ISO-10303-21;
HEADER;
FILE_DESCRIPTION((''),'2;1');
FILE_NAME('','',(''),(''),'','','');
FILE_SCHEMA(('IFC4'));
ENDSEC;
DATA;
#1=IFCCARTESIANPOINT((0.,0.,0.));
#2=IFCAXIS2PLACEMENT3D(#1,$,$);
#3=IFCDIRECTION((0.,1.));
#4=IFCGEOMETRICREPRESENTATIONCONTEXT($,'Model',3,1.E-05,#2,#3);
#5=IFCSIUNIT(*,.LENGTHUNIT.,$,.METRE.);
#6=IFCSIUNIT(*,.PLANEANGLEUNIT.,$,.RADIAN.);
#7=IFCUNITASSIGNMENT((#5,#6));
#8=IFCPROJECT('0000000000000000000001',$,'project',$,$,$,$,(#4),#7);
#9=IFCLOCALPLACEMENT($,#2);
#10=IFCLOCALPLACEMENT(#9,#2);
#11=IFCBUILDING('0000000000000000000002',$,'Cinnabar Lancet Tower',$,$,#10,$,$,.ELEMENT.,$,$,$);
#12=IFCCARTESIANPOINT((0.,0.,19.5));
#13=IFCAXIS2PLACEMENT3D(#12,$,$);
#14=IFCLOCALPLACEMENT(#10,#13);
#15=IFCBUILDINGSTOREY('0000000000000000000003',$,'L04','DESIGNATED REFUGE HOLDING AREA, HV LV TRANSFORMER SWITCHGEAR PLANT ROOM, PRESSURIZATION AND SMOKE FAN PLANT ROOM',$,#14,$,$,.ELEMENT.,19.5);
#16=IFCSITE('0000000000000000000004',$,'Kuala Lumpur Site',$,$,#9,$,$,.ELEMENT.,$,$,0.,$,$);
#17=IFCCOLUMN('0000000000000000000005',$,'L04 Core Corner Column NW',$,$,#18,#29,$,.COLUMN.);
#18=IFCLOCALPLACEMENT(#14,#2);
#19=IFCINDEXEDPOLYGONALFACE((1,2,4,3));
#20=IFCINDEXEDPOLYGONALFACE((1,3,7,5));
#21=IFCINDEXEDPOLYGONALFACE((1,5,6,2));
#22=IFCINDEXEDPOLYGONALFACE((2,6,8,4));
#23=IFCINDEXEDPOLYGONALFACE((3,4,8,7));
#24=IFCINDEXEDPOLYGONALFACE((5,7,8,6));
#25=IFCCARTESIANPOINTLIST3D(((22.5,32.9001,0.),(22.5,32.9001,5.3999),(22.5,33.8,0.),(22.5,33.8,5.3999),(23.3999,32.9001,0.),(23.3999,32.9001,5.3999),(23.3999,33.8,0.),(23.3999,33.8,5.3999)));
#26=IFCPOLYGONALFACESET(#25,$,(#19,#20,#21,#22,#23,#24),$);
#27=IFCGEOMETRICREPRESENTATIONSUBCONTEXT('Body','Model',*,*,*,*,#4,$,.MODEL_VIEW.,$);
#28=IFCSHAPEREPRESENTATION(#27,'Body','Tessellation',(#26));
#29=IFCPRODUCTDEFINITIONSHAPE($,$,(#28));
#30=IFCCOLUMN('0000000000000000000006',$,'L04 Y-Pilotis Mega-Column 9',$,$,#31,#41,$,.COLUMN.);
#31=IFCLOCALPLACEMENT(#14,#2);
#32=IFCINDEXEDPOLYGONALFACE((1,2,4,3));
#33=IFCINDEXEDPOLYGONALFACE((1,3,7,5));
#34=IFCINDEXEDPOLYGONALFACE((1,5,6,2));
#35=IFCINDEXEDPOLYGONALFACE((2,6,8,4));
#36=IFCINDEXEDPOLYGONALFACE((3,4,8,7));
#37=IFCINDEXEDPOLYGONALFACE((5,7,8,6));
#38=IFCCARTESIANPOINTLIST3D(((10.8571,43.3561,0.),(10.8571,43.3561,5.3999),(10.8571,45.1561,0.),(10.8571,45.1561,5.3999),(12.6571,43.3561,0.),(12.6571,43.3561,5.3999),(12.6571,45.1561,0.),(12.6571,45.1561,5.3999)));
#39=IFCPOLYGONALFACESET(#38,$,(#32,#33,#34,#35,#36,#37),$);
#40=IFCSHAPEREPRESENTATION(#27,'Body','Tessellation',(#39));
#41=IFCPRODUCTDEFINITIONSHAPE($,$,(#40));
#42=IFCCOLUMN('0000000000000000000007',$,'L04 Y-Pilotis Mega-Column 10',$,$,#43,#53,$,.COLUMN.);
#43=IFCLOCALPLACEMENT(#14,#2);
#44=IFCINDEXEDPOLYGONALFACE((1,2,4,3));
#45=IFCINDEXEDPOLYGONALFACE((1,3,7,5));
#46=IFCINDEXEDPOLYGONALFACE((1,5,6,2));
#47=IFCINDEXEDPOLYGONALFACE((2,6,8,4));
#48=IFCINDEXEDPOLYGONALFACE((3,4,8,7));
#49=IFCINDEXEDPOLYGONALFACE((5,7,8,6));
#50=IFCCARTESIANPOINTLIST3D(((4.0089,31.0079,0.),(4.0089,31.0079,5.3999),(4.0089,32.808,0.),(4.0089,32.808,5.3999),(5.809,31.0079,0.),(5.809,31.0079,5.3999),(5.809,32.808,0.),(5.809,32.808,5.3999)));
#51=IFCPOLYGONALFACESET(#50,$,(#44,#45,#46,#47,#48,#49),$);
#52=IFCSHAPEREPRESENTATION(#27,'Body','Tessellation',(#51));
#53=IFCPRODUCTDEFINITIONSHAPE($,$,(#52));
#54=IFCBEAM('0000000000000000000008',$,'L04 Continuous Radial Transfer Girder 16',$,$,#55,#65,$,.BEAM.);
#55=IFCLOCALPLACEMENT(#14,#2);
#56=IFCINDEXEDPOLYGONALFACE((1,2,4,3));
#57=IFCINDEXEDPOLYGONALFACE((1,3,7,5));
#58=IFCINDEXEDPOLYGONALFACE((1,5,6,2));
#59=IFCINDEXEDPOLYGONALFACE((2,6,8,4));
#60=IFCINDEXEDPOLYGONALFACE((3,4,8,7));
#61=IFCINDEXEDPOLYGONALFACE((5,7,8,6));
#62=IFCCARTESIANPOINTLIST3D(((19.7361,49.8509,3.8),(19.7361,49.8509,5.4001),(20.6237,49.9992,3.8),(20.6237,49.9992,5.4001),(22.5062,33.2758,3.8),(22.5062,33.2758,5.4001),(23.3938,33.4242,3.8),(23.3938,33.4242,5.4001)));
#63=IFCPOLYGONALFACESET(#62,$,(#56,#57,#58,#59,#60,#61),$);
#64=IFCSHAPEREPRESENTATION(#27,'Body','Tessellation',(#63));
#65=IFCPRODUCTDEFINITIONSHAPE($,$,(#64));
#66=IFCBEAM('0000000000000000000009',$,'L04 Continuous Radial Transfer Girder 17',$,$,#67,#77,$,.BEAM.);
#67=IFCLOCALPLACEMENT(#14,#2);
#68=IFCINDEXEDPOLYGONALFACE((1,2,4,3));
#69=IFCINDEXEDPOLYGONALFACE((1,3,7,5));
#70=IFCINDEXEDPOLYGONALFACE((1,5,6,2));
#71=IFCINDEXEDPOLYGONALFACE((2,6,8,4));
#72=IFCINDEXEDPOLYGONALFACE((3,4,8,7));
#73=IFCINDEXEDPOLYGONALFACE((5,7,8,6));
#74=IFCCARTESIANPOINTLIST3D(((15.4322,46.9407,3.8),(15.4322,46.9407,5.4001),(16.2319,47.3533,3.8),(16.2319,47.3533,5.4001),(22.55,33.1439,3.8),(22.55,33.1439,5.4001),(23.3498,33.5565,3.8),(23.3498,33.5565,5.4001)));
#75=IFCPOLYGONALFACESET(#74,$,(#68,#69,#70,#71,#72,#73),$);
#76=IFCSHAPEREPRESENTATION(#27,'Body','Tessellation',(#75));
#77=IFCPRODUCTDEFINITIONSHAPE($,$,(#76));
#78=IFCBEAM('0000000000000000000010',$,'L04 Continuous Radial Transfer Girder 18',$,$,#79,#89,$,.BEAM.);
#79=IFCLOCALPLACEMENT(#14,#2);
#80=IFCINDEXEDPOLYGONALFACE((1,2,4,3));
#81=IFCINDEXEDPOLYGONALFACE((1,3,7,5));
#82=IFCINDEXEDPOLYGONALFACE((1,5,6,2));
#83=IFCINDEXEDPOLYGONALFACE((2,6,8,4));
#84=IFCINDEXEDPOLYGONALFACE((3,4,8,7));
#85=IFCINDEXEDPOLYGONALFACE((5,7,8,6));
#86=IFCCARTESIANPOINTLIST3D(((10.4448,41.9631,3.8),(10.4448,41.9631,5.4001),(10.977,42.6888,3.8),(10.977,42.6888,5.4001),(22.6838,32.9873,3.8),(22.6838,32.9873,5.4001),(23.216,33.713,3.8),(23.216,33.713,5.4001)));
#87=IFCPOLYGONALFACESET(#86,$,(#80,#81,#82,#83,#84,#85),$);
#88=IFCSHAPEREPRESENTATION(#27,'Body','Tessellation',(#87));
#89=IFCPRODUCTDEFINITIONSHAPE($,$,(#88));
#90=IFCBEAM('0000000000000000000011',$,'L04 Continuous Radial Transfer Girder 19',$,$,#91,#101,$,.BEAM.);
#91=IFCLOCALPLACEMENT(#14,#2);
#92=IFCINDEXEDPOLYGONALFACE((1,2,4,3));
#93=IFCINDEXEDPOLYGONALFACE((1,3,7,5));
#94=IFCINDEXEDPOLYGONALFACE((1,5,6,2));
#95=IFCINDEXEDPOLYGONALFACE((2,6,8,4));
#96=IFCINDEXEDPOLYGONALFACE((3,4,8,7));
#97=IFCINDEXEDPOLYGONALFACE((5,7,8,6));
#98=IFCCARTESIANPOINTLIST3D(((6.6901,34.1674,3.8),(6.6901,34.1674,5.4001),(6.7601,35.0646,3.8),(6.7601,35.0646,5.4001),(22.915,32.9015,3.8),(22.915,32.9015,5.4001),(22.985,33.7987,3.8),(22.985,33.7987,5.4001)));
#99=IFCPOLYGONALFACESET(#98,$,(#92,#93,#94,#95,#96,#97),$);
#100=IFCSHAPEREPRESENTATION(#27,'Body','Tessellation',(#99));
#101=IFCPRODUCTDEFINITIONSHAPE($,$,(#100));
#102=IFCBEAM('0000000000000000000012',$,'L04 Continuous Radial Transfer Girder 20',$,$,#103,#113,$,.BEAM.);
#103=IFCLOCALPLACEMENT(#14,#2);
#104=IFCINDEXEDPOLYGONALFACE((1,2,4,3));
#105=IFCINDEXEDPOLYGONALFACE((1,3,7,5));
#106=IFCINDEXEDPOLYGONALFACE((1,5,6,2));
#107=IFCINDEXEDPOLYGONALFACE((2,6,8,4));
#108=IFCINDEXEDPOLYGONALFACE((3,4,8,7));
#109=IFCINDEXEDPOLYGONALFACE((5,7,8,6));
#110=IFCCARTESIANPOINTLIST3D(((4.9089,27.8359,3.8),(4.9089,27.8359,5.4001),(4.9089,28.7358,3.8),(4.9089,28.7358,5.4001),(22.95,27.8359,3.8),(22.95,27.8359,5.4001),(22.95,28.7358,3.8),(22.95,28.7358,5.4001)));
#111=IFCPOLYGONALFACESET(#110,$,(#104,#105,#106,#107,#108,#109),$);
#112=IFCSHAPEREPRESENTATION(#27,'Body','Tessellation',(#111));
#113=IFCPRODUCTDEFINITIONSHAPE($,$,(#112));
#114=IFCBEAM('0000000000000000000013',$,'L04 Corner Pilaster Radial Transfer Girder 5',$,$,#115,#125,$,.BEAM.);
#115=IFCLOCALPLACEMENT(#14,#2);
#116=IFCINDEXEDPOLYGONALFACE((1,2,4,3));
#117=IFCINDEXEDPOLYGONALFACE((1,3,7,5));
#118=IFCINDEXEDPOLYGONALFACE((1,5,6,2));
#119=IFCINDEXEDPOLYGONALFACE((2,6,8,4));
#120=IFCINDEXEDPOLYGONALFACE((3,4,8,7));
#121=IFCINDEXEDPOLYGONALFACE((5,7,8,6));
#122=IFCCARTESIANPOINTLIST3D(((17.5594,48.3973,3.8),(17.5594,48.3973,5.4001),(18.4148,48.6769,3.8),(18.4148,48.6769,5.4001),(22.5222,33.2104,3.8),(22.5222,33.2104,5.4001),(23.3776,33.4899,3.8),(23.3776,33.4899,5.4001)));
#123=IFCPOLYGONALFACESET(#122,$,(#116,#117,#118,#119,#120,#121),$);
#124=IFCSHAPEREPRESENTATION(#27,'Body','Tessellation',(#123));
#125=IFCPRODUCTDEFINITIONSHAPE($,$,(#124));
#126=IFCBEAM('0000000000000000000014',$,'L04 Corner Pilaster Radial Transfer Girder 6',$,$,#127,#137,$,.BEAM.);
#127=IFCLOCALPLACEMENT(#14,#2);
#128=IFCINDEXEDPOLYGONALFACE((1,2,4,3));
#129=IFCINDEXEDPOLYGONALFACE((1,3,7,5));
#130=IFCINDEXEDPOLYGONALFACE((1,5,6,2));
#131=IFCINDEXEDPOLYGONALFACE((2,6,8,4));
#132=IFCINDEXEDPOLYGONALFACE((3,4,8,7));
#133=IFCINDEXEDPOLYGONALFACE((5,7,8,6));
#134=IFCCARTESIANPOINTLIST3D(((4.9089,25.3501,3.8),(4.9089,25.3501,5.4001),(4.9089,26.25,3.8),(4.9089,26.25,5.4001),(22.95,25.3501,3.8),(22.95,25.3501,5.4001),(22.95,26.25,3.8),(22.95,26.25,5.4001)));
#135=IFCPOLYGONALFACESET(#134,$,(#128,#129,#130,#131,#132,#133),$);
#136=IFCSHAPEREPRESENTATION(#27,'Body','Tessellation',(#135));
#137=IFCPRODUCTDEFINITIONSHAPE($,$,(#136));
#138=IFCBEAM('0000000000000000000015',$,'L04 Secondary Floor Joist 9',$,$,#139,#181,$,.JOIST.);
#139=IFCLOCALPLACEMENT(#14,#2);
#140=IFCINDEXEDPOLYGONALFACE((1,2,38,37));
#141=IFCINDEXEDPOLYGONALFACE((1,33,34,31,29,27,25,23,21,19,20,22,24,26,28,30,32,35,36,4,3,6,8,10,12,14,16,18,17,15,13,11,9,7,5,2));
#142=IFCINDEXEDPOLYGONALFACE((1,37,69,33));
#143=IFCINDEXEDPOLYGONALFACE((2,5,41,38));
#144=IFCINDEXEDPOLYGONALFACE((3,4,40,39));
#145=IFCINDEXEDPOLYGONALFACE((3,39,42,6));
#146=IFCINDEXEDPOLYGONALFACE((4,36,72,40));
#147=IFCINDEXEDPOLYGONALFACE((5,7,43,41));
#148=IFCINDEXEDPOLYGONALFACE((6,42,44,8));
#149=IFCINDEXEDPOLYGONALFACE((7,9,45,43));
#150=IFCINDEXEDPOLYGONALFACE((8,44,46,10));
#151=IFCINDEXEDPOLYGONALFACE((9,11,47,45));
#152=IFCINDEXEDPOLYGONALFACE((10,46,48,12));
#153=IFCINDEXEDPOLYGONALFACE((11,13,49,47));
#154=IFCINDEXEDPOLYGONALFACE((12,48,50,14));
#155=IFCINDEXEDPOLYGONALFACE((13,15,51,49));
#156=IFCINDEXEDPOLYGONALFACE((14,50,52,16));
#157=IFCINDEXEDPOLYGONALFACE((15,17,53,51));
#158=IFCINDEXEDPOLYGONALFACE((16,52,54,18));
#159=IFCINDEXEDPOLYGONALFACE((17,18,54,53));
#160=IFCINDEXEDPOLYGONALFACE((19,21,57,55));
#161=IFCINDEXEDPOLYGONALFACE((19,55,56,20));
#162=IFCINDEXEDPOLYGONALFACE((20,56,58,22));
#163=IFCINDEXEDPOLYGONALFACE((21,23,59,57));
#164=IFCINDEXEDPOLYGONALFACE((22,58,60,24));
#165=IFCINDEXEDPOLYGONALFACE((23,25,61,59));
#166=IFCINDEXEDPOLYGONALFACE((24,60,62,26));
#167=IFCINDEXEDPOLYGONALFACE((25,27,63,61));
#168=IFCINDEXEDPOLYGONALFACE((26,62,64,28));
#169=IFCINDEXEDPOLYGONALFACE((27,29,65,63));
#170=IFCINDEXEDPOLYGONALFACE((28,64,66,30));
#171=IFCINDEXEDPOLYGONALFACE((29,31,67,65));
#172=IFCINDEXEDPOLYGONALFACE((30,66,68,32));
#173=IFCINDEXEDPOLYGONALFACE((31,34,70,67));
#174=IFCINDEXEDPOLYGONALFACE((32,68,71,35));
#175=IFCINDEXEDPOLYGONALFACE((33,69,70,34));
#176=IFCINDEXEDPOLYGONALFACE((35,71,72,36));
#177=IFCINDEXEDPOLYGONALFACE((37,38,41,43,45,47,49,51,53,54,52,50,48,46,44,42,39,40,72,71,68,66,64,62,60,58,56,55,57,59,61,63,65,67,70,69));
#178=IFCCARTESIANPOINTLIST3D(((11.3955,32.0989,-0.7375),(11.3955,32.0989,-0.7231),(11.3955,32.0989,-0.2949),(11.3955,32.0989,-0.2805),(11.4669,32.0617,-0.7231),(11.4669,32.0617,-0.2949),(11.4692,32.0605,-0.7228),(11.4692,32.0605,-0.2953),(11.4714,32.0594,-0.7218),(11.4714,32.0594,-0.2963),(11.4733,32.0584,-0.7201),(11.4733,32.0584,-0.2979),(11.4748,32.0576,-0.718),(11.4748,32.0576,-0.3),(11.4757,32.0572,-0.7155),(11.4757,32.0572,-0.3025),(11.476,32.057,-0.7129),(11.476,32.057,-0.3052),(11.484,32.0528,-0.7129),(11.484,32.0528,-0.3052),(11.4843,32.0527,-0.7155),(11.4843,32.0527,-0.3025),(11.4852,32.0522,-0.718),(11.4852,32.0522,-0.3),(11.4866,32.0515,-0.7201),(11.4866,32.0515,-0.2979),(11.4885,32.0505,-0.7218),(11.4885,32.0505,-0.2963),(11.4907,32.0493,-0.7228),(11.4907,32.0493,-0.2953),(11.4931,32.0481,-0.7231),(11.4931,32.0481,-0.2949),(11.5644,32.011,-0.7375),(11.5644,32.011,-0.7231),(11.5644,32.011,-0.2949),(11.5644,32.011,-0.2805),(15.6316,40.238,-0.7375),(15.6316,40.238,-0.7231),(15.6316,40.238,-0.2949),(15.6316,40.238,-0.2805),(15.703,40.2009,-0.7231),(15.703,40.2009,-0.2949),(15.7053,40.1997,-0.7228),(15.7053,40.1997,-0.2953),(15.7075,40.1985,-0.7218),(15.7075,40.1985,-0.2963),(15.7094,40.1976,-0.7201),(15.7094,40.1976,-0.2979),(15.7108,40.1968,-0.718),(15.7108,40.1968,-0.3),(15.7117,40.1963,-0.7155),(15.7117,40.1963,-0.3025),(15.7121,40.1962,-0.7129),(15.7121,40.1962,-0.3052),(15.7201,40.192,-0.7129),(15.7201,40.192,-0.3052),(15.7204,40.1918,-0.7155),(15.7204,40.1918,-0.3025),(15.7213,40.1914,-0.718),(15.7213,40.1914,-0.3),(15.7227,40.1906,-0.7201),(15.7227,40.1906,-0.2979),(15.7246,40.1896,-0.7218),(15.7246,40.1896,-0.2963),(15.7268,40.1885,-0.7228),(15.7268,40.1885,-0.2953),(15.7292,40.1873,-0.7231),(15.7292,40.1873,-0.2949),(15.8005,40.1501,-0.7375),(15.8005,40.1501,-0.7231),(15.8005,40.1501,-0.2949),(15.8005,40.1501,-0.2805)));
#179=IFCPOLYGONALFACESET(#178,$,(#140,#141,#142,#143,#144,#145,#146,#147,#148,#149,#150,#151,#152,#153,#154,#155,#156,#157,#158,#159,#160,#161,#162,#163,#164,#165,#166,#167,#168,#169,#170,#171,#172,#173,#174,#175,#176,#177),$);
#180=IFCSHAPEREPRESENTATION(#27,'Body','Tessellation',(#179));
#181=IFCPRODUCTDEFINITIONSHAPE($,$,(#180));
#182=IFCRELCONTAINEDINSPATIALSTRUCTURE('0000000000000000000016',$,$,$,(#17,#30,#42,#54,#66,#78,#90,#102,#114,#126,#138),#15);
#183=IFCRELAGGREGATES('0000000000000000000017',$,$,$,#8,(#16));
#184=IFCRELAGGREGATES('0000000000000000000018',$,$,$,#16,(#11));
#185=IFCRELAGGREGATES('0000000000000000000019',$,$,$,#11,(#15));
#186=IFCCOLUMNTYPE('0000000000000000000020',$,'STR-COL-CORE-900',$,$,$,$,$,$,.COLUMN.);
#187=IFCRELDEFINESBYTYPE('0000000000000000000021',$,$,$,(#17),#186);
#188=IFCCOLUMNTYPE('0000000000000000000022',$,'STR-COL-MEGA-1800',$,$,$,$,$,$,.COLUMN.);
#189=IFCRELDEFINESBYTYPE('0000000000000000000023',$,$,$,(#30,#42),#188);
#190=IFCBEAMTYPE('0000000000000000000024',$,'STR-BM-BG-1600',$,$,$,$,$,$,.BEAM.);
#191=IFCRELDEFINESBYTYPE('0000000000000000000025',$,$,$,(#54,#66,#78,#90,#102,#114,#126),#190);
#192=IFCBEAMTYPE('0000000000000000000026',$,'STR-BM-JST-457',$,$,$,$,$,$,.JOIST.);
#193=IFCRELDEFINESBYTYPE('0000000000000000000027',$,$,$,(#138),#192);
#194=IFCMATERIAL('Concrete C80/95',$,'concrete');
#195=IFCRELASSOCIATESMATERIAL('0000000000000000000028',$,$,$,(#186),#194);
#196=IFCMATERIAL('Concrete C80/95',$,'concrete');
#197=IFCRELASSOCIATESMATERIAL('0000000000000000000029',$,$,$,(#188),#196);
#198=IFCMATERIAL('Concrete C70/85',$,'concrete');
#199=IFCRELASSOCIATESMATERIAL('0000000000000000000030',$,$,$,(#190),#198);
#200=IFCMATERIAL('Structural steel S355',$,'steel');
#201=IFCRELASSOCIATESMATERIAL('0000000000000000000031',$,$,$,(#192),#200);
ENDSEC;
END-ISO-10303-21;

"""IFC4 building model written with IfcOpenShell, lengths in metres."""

from ifc_helpers import new_model, si_unit, direction, frame, origin, origin_2d, place, context, subcontext, project, spatial, rectangle, i_section, extrude, material, material_profile, profile_set, type_object, element, save


model = new_model("IFC4")

# Units and contexts
model_context = context("Model", 3, precision=1e-05, world=origin(), true_north=direction((0.0, 1.0)))
body_context = subcontext(model_context, "Body", "Model", "MODEL_VIEW")
ifc_project = project(units=[si_unit("LENGTHUNIT", "METRE"), si_unit("PLANEANGLEUNIT", "RADIAN")], contexts=[model_context])

# Site, building, storey
site_placement = place(None, origin())
site = spatial("IfcSite", under=ifc_project, at=site_placement, Name="Kuala Lumpur Site", CompositionType="ELEMENT", RefElevation=0.0)
building_placement = place(site_placement, origin())
building = spatial("IfcBuilding", under=site, at=building_placement, Name="Cinnabar Lancet Tower", CompositionType="ELEMENT")
storey_placement = place(building_placement, frame((0.0, 0.0, 19.5)))
storey = spatial("IfcBuildingStorey", under=building, at=storey_placement, Name="L04", Description="DESIGNATED REFUGE HOLDING AREA, HV LV TRANSFORMER SWITCHGEAR PLANT ROOM, PRESSURIZATION AND SMOKE FAN PLANT ROOM", CompositionType="ELEMENT", Elevation=19.5)

# Columns
ifc_material_1 = material(Name="Concrete C80/95", Category="concrete")
ifc_material_profile_1 = material_profile(ifc_material_1, rectangle(XDim=0.8999, YDim=0.8999, at=origin_2d()), Name="RC-COL 900x900")
ifc_profile_set_1 = profile_set([ifc_material_profile_1], Name="Concrete C80/95")
column_type_1 = type_object("IfcColumnType", Name="STR-COL-CORE-900", PredefinedType="COLUMN", material=ifc_profile_set_1)
column_placement = place(storey_placement, frame((22.95, 33.3501, 0.0), z_axis=(0.0, 0.0, 1.0), x_axis=(1.0, 0.0, 0.0)))
element("IfcColumn", 1, at=column_placement, inside=storey, type_object=column_type_1, Name="L04 Core Corner Column NW", PredefinedType="COLUMN", context=body_context, shape_type="SweptSolid", body=[
    extrude(rectangle(XDim=0.8999, YDim=0.8999, at=origin_2d()), origin(), (0.0, 0.0, 1.0), 5.3999),
])
ifc_material_2 = material(Name="Concrete C80/95", Category="concrete")
ifc_material_profile_2 = material_profile(ifc_material_2, rectangle(XDim=1.8, YDim=1.8, at=origin_2d()), Name="RC-MEGA 1800x1800")
ifc_profile_set_2 = profile_set([ifc_material_profile_2], Name="Concrete C80/95")
column_type_2 = type_object("IfcColumnType", Name="STR-COL-MEGA-1800", PredefinedType="COLUMN", material=ifc_profile_set_2)
for number, where, z_axis, x_axis, name in (
    (2, (11.7571, 44.2561, 0.0), (0.0, 0.0, 1.0), (1.0, 0.0, 0.0), "L04 Y-Pilotis Mega-Column 9"),
    (3, (4.9089, 31.908, 0.0), (0.0, 0.0, 1.0), (1.0, 0.0, 0.0), "L04 Y-Pilotis Mega-Column 10"),
):
    element("IfcColumn", number, at=place(storey_placement, frame(where, z_axis=z_axis, x_axis=x_axis)), inside=storey, type_object=column_type_2, Name=name, PredefinedType="COLUMN", context=body_context, shape_type="SweptSolid", body=[
        extrude(rectangle(XDim=1.8, YDim=1.8, at=origin_2d()), origin(), (0.0, 0.0, 1.0), 5.3999),
    ])

# Beams
ifc_material_3 = material(Name="Concrete C70/85", Category="concrete")
ifc_material_profile_3 = material_profile(ifc_material_3, rectangle(XDim=0.8999, YDim=1.6001, at=origin_2d()), Name="RC-BG 900x1600")
ifc_profile_set_3 = profile_set([ifc_material_profile_3], Name="Concrete C70/85")
beam_type_1 = type_object("IfcBeamType", Name="STR-BM-BG-1600", PredefinedType="BEAM", material=ifc_profile_set_3)
beam_1_placement = place(storey_placement, frame((20.1799, 49.925, 4.6001), z_axis=(0.164835, -0.986321, 0.0), x_axis=(0.986321, 0.164835, 0.0)))
element("IfcBeam", 4, at=beam_1_placement, inside=storey, type_object=beam_type_1, Name="L04 Continuous Radial Transfer Girder 16", PredefinedType="BEAM", context=body_context, shape_type="SweptSolid", body=[
    extrude(rectangle(XDim=0.8999, YDim=1.6001, at=origin_2d()), origin(), (0.0, 0.0, 1.0), 16.8049),
])
beam_2_placement = place(storey_placement, frame((15.832, 47.147, 4.6001), z_axis=(0.458488, -0.888701, 0.0), x_axis=(0.888701, 0.458488, 0.0)))
element("IfcBeam", 5, at=beam_2_placement, inside=storey, type_object=beam_type_1, Name="L04 Continuous Radial Transfer Girder 17", PredefinedType="BEAM", context=body_context, shape_type="SweptSolid", body=[
    extrude(rectangle(XDim=0.8999, YDim=1.6001, at=origin_2d()), origin(), (0.0, 0.0, 1.0), 15.5247),
])
beam_3_placement = place(storey_placement, frame((10.7109, 42.3259, 4.6001), z_axis=(0.806388, -0.591387, 0.0), x_axis=(0.591387, 0.806388, 0.0)))
element("IfcBeam", 6, at=beam_3_placement, inside=storey, type_object=beam_type_1, Name="L04 Continuous Radial Transfer Girder 18", PredefinedType="BEAM", context=body_context, shape_type="SweptSolid", body=[
    extrude(rectangle(XDim=0.8999, YDim=1.6001, at=origin_2d()), origin(), (0.0, 0.0, 1.0), 15.1775),
])
beam_4_placement = place(storey_placement, frame((6.7251, 34.616, 4.6001), z_axis=(0.99697, -0.077784, 0.0), x_axis=(0.077784, 0.99697, 0.0)))
element("IfcBeam", 7, at=beam_4_placement, inside=storey, type_object=beam_type_1, Name="L04 Continuous Radial Transfer Girder 19", PredefinedType="BEAM", context=body_context, shape_type="SweptSolid", body=[
    extrude(rectangle(XDim=0.8999, YDim=1.6001, at=origin_2d()), origin(), (0.0, 0.0, 1.0), 16.2742),
])
beam_5_placement = place(storey_placement, frame((4.9089, 28.2859, 4.6001), z_axis=(1.0, 0.0, 0.0), x_axis=(0.0, 1.0, 0.0)))
element("IfcBeam", 8, at=beam_5_placement, inside=storey, type_object=beam_type_1, Name="L04 Continuous Radial Transfer Girder 20", PredefinedType="BEAM", context=body_context, shape_type="SweptSolid", body=[
    extrude(rectangle(XDim=0.8999, YDim=1.6001, at=origin_2d()), origin(), (0.0, 0.0, 1.0), 18.041),
])
beam_6_placement = place(storey_placement, frame((17.9871, 48.5371, 4.6001), z_axis=(0.31062, -0.950534, 0.0), x_axis=(0.950534, 0.31062, 0.0)))
element("IfcBeam", 9, at=beam_6_placement, inside=storey, type_object=beam_type_1, Name="L04 Corner Pilaster Radial Transfer Girder 5", PredefinedType="BEAM", context=body_context, shape_type="SweptSolid", body=[
    extrude(rectangle(XDim=0.8999, YDim=1.6001, at=origin_2d()), origin(), (0.0, 0.0, 1.0), 15.9773),
])
beam_7_placement = place(storey_placement, frame((4.9089, 25.8, 4.6001), z_axis=(1.0, 0.0, 0.0), x_axis=(0.0, 1.0, 0.0)))
element("IfcBeam", 10, at=beam_7_placement, inside=storey, type_object=beam_type_1, Name="L04 Corner Pilaster Radial Transfer Girder 6", PredefinedType="BEAM", context=body_context, shape_type="SweptSolid", body=[
    extrude(rectangle(XDim=0.8999, YDim=1.6001, at=origin_2d()), origin(), (0.0, 0.0, 1.0), 18.041),
])
ifc_material_4 = material(Name="Structural steel S355", Category="steel")
ifc_material_profile_4 = material_profile(ifc_material_4, i_section(OverallWidth=0.1904, OverallDepth=0.457, WebThickness=0.009, FlangeThickness=0.0144, FilletRadius=0.0103, at=origin_2d()), Name="UKB 457x191x74")
ifc_profile_set_4 = profile_set([ifc_material_profile_4], Name="Structural steel S355")
beam_type_2 = type_object("IfcBeamType", Name="STR-BM-JST-457", PredefinedType="JOIST", material=ifc_profile_set_4)
beam_8_placement = place(storey_placement, frame((15.7161, 40.1941, -0.509), z_axis=(-0.461672, -0.887051, 0.0), x_axis=(0.887051, -0.461672, 0.0)))
element("IfcBeam", 11, at=beam_8_placement, inside=storey, type_object=beam_type_2, Name="L04 Secondary Floor Joist 9", PredefinedType="JOIST", context=body_context, shape_type="SweptSolid", body=[
    extrude(i_section(OverallWidth=0.1904, OverallDepth=0.457, WebThickness=0.009, FlangeThickness=0.0144, FilletRadius=0.0103, at=origin_2d()), origin(), (0.0, 0.0, 1.0), 9.1755),
])

save(model, "model.ifc")
